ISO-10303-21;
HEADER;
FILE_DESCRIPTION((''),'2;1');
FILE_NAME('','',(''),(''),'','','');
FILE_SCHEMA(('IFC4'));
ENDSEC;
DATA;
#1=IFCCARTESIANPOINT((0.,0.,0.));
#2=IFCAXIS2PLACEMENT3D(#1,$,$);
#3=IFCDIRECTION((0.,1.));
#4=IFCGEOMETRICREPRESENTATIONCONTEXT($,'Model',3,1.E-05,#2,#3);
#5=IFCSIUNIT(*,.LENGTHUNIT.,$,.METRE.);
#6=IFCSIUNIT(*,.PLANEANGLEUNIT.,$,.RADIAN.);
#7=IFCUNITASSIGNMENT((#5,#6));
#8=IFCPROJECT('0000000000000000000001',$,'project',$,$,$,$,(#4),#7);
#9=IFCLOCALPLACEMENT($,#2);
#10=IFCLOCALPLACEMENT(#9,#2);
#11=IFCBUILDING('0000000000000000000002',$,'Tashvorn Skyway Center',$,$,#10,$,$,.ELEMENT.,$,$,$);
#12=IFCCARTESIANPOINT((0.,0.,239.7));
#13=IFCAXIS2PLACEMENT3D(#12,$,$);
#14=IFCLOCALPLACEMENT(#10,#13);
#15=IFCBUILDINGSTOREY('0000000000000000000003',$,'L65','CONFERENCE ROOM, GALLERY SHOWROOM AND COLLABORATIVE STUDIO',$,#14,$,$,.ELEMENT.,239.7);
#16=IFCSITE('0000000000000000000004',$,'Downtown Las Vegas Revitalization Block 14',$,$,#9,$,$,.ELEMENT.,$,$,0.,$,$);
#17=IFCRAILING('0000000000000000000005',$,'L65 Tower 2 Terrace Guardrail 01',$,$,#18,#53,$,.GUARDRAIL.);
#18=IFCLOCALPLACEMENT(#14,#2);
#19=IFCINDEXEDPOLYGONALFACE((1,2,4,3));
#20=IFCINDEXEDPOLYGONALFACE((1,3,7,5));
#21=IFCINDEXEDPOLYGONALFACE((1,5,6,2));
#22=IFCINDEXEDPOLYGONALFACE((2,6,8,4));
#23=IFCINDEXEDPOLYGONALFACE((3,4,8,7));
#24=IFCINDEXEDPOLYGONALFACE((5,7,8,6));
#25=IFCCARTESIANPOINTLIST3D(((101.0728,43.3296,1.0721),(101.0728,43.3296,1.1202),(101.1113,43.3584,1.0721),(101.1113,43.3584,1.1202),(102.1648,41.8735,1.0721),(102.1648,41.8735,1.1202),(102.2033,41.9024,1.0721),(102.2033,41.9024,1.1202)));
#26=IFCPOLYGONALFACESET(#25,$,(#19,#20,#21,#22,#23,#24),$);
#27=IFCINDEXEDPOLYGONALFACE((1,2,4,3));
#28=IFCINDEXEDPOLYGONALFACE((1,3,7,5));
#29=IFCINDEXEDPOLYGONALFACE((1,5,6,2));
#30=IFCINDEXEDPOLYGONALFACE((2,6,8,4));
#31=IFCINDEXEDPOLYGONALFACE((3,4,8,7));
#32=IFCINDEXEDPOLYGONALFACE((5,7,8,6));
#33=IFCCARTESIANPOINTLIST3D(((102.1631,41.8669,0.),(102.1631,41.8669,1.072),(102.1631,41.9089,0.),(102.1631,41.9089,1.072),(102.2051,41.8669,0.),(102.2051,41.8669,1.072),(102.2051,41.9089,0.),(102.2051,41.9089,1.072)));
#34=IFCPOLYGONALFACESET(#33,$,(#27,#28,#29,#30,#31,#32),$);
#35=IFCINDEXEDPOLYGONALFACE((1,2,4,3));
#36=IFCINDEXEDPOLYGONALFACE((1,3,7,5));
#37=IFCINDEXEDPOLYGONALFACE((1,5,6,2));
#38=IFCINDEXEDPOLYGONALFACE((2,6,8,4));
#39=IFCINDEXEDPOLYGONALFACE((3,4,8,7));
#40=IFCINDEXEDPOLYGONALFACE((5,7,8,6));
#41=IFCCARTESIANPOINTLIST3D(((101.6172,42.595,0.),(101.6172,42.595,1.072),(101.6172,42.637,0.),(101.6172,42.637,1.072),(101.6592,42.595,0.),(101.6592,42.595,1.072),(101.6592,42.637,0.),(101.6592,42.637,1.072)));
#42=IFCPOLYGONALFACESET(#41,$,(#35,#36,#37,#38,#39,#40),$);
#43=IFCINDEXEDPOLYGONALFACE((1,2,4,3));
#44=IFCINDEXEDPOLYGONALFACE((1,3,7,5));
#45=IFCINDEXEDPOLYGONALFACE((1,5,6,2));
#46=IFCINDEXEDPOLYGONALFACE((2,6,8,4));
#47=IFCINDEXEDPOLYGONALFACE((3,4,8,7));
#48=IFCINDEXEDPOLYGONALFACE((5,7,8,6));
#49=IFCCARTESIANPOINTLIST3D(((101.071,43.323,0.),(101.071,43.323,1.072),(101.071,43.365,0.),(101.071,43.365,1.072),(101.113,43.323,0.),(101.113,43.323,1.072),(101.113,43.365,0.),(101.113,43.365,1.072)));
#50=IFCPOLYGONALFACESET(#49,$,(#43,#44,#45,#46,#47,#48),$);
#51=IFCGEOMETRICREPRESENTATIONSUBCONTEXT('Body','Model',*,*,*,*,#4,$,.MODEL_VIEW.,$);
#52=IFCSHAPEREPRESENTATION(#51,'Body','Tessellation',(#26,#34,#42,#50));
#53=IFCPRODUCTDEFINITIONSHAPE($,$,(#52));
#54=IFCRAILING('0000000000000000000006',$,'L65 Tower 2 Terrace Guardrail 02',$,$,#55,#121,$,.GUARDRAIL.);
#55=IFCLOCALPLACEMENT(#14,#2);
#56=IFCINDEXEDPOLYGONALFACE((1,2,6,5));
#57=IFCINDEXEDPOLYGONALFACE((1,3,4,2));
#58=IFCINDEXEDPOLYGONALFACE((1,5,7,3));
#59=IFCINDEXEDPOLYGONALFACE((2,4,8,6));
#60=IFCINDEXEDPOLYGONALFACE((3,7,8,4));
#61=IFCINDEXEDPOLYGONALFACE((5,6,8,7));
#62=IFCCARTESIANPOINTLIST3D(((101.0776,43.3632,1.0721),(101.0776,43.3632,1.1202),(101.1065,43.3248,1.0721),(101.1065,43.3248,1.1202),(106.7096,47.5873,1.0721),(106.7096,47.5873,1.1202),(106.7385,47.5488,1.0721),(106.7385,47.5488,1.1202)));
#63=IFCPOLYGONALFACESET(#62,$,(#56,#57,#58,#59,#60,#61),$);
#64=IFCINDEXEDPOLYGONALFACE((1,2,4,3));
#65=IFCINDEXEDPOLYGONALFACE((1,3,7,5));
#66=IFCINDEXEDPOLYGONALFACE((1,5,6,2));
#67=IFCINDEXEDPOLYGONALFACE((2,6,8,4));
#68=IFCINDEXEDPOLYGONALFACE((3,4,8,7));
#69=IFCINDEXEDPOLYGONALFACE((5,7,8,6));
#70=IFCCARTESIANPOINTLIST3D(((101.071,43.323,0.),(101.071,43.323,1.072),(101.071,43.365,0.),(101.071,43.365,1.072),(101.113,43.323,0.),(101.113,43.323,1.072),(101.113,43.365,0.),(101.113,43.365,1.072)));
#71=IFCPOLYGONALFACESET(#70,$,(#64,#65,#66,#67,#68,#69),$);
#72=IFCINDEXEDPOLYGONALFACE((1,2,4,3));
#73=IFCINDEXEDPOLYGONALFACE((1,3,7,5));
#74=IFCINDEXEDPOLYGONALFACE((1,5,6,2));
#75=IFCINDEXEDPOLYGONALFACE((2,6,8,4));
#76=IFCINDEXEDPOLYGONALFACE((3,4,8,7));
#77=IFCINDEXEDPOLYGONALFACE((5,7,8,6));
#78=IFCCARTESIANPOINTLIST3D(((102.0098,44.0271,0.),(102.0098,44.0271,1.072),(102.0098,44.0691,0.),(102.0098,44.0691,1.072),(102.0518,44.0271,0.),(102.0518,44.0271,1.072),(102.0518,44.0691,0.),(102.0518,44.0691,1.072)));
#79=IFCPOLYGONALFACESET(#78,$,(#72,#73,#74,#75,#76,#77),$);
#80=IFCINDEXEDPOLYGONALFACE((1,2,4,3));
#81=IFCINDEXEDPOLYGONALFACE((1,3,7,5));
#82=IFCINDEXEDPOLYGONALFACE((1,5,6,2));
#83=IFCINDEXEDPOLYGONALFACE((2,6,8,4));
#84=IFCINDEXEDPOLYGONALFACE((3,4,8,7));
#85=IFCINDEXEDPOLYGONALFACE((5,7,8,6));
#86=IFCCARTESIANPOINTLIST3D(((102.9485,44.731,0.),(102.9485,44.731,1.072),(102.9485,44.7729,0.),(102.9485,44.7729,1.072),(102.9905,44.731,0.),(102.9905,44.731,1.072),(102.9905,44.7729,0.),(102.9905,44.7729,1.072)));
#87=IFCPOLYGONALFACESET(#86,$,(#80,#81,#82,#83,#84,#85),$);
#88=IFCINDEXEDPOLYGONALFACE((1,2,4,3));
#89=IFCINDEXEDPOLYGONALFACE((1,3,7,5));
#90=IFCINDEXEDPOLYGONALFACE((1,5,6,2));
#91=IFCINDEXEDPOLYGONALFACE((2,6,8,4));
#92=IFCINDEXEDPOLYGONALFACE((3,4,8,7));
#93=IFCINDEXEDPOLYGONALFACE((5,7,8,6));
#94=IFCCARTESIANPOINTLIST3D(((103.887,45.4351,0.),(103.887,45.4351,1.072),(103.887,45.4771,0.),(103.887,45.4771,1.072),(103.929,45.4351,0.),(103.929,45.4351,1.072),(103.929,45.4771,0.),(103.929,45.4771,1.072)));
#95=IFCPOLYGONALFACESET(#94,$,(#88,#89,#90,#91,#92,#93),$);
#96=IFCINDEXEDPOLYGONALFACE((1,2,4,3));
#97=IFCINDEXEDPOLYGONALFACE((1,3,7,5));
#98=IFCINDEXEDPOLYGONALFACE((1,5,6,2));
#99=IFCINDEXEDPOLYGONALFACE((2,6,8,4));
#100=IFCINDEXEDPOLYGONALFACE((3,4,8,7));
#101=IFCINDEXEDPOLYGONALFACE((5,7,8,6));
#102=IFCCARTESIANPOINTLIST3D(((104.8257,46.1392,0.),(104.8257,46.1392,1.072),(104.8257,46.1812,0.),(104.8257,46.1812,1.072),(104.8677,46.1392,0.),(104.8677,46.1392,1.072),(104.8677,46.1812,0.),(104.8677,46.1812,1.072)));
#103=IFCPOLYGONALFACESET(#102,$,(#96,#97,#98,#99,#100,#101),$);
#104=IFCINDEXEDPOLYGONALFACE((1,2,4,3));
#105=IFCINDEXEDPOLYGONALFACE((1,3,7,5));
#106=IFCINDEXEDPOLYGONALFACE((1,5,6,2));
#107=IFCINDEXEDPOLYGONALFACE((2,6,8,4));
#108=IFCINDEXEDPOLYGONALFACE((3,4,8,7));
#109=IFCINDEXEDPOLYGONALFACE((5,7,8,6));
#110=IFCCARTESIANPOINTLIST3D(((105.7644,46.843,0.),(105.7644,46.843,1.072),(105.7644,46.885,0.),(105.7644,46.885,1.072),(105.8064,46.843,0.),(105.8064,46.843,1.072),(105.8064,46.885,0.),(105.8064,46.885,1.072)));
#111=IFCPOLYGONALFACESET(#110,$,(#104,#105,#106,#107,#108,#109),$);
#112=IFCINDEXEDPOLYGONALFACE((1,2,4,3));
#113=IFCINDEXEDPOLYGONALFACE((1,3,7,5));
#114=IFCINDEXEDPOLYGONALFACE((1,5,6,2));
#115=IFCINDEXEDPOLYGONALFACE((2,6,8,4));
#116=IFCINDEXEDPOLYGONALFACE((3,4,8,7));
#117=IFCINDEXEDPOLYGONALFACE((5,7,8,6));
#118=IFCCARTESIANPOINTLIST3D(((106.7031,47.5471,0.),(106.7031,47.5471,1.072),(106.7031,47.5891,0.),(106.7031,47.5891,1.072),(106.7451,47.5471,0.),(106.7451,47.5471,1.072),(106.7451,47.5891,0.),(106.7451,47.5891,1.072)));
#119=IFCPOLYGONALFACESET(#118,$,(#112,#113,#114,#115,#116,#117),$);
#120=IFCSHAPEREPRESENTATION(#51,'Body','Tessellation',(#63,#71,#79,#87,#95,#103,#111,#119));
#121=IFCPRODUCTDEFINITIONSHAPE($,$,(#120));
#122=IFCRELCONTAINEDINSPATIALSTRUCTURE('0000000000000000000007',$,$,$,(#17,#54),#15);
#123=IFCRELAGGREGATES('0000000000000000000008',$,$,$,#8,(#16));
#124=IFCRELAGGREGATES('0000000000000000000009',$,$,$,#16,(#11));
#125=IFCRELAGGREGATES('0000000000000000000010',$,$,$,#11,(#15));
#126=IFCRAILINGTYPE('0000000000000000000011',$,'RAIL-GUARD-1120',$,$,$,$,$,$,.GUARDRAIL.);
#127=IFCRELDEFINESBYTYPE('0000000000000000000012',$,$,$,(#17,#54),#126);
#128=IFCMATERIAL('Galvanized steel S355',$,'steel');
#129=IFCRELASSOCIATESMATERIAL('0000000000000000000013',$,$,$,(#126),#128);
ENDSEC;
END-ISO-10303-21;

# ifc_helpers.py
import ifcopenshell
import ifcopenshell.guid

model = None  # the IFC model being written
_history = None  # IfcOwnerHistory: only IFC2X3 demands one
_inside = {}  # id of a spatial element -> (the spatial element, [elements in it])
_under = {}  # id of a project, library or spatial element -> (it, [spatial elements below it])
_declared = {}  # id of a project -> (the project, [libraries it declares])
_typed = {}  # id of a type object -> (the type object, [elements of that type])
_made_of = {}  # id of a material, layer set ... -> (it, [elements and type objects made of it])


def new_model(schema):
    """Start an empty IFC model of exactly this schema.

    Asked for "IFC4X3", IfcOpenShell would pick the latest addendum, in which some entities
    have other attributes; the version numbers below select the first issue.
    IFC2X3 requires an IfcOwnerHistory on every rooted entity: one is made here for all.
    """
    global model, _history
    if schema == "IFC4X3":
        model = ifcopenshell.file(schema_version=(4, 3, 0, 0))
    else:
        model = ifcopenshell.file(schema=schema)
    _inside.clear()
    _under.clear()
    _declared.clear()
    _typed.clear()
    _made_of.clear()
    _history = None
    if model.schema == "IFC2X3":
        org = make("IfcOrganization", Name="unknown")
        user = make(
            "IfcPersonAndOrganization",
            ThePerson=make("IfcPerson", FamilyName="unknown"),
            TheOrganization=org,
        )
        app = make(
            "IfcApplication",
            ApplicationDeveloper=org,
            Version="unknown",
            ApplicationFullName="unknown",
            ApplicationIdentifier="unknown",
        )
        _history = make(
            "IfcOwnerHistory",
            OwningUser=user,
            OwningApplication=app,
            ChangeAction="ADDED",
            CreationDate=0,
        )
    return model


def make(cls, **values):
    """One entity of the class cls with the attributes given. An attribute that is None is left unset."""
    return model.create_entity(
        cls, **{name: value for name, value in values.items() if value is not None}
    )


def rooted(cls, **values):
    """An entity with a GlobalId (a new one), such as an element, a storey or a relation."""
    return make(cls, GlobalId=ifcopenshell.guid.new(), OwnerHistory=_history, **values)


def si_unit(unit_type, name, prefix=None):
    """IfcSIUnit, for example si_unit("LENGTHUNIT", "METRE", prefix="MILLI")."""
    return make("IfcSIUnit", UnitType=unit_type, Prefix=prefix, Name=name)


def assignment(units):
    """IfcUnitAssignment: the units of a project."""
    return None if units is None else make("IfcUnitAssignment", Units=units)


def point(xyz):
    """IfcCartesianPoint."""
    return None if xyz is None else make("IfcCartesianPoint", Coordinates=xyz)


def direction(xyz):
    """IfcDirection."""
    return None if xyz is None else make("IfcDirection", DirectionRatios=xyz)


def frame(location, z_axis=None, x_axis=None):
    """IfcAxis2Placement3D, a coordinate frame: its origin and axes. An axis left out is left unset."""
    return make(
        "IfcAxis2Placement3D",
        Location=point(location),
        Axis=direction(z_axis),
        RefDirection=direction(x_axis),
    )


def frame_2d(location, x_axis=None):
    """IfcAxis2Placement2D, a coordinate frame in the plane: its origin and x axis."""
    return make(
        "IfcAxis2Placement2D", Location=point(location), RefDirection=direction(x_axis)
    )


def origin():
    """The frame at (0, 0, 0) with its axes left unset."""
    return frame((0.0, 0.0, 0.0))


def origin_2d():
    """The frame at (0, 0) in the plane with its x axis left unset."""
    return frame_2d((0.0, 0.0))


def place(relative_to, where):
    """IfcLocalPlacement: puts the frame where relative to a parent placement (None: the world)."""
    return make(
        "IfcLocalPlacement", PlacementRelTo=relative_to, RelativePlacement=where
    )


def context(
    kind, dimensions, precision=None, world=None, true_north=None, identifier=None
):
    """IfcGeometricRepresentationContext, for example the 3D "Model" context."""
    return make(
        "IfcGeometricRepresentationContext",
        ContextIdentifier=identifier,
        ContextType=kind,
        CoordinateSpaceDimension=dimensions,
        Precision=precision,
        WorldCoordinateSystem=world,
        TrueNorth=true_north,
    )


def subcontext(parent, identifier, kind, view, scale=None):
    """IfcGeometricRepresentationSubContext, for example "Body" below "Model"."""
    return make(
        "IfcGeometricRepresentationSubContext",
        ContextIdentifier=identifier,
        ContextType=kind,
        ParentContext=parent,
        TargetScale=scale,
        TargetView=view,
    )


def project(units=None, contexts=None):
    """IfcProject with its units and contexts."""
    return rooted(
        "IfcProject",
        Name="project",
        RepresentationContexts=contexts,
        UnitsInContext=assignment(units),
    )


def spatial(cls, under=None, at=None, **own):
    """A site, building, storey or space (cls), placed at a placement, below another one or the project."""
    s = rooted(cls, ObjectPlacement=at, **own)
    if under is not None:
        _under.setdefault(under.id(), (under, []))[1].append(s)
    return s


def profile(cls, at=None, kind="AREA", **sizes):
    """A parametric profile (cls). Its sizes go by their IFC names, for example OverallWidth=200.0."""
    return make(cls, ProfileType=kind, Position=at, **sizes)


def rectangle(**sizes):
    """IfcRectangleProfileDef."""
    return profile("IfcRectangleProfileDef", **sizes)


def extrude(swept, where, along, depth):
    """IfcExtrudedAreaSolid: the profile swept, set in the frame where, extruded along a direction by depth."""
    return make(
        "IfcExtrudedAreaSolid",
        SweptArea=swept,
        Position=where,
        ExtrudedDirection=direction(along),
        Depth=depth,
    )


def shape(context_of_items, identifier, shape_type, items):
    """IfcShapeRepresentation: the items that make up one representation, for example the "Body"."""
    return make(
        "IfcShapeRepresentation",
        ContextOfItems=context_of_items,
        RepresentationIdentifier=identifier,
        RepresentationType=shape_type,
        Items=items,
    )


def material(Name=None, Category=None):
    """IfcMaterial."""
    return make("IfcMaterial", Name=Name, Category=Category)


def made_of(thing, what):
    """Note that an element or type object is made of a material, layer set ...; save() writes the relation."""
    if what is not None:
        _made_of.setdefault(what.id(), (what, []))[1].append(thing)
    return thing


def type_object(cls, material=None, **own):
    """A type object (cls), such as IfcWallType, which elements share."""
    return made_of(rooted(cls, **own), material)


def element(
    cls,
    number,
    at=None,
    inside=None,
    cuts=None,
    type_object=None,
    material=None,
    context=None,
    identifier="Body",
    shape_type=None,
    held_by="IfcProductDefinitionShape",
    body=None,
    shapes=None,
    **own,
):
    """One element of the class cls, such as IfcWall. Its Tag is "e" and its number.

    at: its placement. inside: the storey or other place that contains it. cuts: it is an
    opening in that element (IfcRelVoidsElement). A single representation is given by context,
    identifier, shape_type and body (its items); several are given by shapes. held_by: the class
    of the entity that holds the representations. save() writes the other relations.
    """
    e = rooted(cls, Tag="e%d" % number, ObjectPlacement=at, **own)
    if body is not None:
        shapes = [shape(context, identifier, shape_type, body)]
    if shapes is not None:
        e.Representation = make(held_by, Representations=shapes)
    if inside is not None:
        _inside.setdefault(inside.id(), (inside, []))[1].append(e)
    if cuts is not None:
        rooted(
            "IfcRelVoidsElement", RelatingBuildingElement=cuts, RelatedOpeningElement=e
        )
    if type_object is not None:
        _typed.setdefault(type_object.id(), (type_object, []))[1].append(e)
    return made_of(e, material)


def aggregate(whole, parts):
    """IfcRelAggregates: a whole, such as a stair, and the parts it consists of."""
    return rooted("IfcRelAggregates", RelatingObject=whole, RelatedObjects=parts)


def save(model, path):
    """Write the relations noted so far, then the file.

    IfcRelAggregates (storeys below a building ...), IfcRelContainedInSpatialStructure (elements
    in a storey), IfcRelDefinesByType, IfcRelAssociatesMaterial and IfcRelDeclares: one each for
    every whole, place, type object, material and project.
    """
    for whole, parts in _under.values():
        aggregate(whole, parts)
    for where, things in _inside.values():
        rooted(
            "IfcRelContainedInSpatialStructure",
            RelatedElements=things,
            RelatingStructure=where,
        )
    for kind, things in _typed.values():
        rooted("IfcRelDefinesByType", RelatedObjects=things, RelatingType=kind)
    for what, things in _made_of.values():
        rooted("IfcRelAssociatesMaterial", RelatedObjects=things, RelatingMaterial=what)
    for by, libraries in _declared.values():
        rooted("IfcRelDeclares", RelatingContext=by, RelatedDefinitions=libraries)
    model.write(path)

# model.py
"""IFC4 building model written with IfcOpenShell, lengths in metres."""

from ifc_helpers import new_model, si_unit, direction, frame, origin, origin_2d, place, context, subcontext, project, spatial, rectangle, extrude, material, type_object, element, save


model = new_model("IFC4")

# Units and contexts
model_context = context("Model", 3, precision=1e-05, world=origin(), true_north=direction((0.0, 1.0)))
body_context = subcontext(model_context, "Body", "Model", "MODEL_VIEW")
ifc_project = project(units=[si_unit("LENGTHUNIT", "METRE"), si_unit("PLANEANGLEUNIT", "RADIAN")], contexts=[model_context])

# Site, building, storey
site_placement = place(None, origin())
site = spatial("IfcSite", under=ifc_project, at=site_placement, Name="Downtown Las Vegas Revitalization Block 14", CompositionType="ELEMENT", RefElevation=0.0)
building_placement = place(site_placement, origin())
building = spatial("IfcBuilding", under=site, at=building_placement, Name="Tashvorn Skyway Center", CompositionType="ELEMENT")
storey_placement = place(building_placement, frame((0.0, 0.0, 239.7)))
storey = spatial("IfcBuildingStorey", under=building, at=storey_placement, Name="L65", Description="CONFERENCE ROOM, GALLERY SHOWROOM AND COLLABORATIVE STUDIO", CompositionType="ELEMENT", Elevation=239.7)

# Railings
ifc_material_1 = material(Name="Galvanized steel S355", Category="steel")
railing_type = type_object("IfcRailingType", Name="RAIL-GUARD-1120", PredefinedType="GUARDRAIL", material=ifc_material_1)
railing_1_placement = place(storey_placement, frame((102.1841, 41.8879, 0.0)))
element("IfcRailing", 1, at=railing_1_placement, inside=storey, type_object=railing_type, Name="L65 Tower 2 Terrace Guardrail 01", PredefinedType="GUARDRAIL", context=body_context, shape_type="SweptSolid", body=[
    extrude(rectangle(XDim=0.0481, YDim=0.0481, at=origin_2d()), frame((0.0, 0.0, 1.0962), z_axis=(-0.6, 0.8, 0.0), x_axis=(-0.8, -0.6, 0.0)), (0.0, 0.0, 1.0), 1.8201),
    extrude(rectangle(XDim=0.042, YDim=0.042, at=origin_2d()), origin(), (0.0, 0.0, 1.0), 1.072),
    extrude(rectangle(XDim=0.042, YDim=0.042, at=origin_2d()), frame((-0.5459, 0.728, 0.0)), (0.0, 0.0, 1.0), 1.072),
    extrude(rectangle(XDim=0.042, YDim=0.042, at=origin_2d()), frame((-1.092, 1.4561, 0.0)), (0.0, 0.0, 1.0), 1.072),
])
railing_2_placement = place(storey_placement, frame((101.092, 43.344, 0.0)))
element("IfcRailing", 2, at=railing_2_placement, inside=storey, type_object=railing_type, Name="L65 Tower 2 Terrace Guardrail 02", PredefinedType="GUARDRAIL", context=body_context, shape_type="SweptSolid", body=[
    extrude(rectangle(XDim=0.0481, YDim=0.0481, at=origin_2d()), frame((0.0, 0.0, 1.0962), z_axis=(0.799996, 0.600006, 0.0), x_axis=(-0.600006, 0.799996, 0.0)), (0.0, 0.0, 1.0), 7.04),
    extrude(rectangle(XDim=0.042, YDim=0.042, at=origin_2d()), origin(), (0.0, 0.0, 1.0), 1.072),
    extrude(rectangle(XDim=0.042, YDim=0.042, at=origin_2d()), frame((0.9387, 0.7041, 0.0)), (0.0, 0.0, 1.0), 1.072),
    extrude(rectangle(XDim=0.042, YDim=0.042, at=origin_2d()), frame((1.8774, 1.408, 0.0)), (0.0, 0.0, 1.0), 1.072),
    extrude(rectangle(XDim=0.042, YDim=0.042, at=origin_2d()), frame((2.8159, 2.1121, 0.0)), (0.0, 0.0, 1.0), 1.072),
    extrude(rectangle(XDim=0.042, YDim=0.042, at=origin_2d()), frame((3.7546, 2.8162, 0.0)), (0.0, 0.0, 1.0), 1.072),
    extrude(rectangle(XDim=0.042, YDim=0.042, at=origin_2d()), frame((4.6934, 3.52, 0.0)), (0.0, 0.0, 1.0), 1.072),
    extrude(rectangle(XDim=0.042, YDim=0.042, at=origin_2d()), frame((5.6321, 4.2241, 0.0)), (0.0, 0.0, 1.0), 1.072),
])

save(model, "model.ifc")
